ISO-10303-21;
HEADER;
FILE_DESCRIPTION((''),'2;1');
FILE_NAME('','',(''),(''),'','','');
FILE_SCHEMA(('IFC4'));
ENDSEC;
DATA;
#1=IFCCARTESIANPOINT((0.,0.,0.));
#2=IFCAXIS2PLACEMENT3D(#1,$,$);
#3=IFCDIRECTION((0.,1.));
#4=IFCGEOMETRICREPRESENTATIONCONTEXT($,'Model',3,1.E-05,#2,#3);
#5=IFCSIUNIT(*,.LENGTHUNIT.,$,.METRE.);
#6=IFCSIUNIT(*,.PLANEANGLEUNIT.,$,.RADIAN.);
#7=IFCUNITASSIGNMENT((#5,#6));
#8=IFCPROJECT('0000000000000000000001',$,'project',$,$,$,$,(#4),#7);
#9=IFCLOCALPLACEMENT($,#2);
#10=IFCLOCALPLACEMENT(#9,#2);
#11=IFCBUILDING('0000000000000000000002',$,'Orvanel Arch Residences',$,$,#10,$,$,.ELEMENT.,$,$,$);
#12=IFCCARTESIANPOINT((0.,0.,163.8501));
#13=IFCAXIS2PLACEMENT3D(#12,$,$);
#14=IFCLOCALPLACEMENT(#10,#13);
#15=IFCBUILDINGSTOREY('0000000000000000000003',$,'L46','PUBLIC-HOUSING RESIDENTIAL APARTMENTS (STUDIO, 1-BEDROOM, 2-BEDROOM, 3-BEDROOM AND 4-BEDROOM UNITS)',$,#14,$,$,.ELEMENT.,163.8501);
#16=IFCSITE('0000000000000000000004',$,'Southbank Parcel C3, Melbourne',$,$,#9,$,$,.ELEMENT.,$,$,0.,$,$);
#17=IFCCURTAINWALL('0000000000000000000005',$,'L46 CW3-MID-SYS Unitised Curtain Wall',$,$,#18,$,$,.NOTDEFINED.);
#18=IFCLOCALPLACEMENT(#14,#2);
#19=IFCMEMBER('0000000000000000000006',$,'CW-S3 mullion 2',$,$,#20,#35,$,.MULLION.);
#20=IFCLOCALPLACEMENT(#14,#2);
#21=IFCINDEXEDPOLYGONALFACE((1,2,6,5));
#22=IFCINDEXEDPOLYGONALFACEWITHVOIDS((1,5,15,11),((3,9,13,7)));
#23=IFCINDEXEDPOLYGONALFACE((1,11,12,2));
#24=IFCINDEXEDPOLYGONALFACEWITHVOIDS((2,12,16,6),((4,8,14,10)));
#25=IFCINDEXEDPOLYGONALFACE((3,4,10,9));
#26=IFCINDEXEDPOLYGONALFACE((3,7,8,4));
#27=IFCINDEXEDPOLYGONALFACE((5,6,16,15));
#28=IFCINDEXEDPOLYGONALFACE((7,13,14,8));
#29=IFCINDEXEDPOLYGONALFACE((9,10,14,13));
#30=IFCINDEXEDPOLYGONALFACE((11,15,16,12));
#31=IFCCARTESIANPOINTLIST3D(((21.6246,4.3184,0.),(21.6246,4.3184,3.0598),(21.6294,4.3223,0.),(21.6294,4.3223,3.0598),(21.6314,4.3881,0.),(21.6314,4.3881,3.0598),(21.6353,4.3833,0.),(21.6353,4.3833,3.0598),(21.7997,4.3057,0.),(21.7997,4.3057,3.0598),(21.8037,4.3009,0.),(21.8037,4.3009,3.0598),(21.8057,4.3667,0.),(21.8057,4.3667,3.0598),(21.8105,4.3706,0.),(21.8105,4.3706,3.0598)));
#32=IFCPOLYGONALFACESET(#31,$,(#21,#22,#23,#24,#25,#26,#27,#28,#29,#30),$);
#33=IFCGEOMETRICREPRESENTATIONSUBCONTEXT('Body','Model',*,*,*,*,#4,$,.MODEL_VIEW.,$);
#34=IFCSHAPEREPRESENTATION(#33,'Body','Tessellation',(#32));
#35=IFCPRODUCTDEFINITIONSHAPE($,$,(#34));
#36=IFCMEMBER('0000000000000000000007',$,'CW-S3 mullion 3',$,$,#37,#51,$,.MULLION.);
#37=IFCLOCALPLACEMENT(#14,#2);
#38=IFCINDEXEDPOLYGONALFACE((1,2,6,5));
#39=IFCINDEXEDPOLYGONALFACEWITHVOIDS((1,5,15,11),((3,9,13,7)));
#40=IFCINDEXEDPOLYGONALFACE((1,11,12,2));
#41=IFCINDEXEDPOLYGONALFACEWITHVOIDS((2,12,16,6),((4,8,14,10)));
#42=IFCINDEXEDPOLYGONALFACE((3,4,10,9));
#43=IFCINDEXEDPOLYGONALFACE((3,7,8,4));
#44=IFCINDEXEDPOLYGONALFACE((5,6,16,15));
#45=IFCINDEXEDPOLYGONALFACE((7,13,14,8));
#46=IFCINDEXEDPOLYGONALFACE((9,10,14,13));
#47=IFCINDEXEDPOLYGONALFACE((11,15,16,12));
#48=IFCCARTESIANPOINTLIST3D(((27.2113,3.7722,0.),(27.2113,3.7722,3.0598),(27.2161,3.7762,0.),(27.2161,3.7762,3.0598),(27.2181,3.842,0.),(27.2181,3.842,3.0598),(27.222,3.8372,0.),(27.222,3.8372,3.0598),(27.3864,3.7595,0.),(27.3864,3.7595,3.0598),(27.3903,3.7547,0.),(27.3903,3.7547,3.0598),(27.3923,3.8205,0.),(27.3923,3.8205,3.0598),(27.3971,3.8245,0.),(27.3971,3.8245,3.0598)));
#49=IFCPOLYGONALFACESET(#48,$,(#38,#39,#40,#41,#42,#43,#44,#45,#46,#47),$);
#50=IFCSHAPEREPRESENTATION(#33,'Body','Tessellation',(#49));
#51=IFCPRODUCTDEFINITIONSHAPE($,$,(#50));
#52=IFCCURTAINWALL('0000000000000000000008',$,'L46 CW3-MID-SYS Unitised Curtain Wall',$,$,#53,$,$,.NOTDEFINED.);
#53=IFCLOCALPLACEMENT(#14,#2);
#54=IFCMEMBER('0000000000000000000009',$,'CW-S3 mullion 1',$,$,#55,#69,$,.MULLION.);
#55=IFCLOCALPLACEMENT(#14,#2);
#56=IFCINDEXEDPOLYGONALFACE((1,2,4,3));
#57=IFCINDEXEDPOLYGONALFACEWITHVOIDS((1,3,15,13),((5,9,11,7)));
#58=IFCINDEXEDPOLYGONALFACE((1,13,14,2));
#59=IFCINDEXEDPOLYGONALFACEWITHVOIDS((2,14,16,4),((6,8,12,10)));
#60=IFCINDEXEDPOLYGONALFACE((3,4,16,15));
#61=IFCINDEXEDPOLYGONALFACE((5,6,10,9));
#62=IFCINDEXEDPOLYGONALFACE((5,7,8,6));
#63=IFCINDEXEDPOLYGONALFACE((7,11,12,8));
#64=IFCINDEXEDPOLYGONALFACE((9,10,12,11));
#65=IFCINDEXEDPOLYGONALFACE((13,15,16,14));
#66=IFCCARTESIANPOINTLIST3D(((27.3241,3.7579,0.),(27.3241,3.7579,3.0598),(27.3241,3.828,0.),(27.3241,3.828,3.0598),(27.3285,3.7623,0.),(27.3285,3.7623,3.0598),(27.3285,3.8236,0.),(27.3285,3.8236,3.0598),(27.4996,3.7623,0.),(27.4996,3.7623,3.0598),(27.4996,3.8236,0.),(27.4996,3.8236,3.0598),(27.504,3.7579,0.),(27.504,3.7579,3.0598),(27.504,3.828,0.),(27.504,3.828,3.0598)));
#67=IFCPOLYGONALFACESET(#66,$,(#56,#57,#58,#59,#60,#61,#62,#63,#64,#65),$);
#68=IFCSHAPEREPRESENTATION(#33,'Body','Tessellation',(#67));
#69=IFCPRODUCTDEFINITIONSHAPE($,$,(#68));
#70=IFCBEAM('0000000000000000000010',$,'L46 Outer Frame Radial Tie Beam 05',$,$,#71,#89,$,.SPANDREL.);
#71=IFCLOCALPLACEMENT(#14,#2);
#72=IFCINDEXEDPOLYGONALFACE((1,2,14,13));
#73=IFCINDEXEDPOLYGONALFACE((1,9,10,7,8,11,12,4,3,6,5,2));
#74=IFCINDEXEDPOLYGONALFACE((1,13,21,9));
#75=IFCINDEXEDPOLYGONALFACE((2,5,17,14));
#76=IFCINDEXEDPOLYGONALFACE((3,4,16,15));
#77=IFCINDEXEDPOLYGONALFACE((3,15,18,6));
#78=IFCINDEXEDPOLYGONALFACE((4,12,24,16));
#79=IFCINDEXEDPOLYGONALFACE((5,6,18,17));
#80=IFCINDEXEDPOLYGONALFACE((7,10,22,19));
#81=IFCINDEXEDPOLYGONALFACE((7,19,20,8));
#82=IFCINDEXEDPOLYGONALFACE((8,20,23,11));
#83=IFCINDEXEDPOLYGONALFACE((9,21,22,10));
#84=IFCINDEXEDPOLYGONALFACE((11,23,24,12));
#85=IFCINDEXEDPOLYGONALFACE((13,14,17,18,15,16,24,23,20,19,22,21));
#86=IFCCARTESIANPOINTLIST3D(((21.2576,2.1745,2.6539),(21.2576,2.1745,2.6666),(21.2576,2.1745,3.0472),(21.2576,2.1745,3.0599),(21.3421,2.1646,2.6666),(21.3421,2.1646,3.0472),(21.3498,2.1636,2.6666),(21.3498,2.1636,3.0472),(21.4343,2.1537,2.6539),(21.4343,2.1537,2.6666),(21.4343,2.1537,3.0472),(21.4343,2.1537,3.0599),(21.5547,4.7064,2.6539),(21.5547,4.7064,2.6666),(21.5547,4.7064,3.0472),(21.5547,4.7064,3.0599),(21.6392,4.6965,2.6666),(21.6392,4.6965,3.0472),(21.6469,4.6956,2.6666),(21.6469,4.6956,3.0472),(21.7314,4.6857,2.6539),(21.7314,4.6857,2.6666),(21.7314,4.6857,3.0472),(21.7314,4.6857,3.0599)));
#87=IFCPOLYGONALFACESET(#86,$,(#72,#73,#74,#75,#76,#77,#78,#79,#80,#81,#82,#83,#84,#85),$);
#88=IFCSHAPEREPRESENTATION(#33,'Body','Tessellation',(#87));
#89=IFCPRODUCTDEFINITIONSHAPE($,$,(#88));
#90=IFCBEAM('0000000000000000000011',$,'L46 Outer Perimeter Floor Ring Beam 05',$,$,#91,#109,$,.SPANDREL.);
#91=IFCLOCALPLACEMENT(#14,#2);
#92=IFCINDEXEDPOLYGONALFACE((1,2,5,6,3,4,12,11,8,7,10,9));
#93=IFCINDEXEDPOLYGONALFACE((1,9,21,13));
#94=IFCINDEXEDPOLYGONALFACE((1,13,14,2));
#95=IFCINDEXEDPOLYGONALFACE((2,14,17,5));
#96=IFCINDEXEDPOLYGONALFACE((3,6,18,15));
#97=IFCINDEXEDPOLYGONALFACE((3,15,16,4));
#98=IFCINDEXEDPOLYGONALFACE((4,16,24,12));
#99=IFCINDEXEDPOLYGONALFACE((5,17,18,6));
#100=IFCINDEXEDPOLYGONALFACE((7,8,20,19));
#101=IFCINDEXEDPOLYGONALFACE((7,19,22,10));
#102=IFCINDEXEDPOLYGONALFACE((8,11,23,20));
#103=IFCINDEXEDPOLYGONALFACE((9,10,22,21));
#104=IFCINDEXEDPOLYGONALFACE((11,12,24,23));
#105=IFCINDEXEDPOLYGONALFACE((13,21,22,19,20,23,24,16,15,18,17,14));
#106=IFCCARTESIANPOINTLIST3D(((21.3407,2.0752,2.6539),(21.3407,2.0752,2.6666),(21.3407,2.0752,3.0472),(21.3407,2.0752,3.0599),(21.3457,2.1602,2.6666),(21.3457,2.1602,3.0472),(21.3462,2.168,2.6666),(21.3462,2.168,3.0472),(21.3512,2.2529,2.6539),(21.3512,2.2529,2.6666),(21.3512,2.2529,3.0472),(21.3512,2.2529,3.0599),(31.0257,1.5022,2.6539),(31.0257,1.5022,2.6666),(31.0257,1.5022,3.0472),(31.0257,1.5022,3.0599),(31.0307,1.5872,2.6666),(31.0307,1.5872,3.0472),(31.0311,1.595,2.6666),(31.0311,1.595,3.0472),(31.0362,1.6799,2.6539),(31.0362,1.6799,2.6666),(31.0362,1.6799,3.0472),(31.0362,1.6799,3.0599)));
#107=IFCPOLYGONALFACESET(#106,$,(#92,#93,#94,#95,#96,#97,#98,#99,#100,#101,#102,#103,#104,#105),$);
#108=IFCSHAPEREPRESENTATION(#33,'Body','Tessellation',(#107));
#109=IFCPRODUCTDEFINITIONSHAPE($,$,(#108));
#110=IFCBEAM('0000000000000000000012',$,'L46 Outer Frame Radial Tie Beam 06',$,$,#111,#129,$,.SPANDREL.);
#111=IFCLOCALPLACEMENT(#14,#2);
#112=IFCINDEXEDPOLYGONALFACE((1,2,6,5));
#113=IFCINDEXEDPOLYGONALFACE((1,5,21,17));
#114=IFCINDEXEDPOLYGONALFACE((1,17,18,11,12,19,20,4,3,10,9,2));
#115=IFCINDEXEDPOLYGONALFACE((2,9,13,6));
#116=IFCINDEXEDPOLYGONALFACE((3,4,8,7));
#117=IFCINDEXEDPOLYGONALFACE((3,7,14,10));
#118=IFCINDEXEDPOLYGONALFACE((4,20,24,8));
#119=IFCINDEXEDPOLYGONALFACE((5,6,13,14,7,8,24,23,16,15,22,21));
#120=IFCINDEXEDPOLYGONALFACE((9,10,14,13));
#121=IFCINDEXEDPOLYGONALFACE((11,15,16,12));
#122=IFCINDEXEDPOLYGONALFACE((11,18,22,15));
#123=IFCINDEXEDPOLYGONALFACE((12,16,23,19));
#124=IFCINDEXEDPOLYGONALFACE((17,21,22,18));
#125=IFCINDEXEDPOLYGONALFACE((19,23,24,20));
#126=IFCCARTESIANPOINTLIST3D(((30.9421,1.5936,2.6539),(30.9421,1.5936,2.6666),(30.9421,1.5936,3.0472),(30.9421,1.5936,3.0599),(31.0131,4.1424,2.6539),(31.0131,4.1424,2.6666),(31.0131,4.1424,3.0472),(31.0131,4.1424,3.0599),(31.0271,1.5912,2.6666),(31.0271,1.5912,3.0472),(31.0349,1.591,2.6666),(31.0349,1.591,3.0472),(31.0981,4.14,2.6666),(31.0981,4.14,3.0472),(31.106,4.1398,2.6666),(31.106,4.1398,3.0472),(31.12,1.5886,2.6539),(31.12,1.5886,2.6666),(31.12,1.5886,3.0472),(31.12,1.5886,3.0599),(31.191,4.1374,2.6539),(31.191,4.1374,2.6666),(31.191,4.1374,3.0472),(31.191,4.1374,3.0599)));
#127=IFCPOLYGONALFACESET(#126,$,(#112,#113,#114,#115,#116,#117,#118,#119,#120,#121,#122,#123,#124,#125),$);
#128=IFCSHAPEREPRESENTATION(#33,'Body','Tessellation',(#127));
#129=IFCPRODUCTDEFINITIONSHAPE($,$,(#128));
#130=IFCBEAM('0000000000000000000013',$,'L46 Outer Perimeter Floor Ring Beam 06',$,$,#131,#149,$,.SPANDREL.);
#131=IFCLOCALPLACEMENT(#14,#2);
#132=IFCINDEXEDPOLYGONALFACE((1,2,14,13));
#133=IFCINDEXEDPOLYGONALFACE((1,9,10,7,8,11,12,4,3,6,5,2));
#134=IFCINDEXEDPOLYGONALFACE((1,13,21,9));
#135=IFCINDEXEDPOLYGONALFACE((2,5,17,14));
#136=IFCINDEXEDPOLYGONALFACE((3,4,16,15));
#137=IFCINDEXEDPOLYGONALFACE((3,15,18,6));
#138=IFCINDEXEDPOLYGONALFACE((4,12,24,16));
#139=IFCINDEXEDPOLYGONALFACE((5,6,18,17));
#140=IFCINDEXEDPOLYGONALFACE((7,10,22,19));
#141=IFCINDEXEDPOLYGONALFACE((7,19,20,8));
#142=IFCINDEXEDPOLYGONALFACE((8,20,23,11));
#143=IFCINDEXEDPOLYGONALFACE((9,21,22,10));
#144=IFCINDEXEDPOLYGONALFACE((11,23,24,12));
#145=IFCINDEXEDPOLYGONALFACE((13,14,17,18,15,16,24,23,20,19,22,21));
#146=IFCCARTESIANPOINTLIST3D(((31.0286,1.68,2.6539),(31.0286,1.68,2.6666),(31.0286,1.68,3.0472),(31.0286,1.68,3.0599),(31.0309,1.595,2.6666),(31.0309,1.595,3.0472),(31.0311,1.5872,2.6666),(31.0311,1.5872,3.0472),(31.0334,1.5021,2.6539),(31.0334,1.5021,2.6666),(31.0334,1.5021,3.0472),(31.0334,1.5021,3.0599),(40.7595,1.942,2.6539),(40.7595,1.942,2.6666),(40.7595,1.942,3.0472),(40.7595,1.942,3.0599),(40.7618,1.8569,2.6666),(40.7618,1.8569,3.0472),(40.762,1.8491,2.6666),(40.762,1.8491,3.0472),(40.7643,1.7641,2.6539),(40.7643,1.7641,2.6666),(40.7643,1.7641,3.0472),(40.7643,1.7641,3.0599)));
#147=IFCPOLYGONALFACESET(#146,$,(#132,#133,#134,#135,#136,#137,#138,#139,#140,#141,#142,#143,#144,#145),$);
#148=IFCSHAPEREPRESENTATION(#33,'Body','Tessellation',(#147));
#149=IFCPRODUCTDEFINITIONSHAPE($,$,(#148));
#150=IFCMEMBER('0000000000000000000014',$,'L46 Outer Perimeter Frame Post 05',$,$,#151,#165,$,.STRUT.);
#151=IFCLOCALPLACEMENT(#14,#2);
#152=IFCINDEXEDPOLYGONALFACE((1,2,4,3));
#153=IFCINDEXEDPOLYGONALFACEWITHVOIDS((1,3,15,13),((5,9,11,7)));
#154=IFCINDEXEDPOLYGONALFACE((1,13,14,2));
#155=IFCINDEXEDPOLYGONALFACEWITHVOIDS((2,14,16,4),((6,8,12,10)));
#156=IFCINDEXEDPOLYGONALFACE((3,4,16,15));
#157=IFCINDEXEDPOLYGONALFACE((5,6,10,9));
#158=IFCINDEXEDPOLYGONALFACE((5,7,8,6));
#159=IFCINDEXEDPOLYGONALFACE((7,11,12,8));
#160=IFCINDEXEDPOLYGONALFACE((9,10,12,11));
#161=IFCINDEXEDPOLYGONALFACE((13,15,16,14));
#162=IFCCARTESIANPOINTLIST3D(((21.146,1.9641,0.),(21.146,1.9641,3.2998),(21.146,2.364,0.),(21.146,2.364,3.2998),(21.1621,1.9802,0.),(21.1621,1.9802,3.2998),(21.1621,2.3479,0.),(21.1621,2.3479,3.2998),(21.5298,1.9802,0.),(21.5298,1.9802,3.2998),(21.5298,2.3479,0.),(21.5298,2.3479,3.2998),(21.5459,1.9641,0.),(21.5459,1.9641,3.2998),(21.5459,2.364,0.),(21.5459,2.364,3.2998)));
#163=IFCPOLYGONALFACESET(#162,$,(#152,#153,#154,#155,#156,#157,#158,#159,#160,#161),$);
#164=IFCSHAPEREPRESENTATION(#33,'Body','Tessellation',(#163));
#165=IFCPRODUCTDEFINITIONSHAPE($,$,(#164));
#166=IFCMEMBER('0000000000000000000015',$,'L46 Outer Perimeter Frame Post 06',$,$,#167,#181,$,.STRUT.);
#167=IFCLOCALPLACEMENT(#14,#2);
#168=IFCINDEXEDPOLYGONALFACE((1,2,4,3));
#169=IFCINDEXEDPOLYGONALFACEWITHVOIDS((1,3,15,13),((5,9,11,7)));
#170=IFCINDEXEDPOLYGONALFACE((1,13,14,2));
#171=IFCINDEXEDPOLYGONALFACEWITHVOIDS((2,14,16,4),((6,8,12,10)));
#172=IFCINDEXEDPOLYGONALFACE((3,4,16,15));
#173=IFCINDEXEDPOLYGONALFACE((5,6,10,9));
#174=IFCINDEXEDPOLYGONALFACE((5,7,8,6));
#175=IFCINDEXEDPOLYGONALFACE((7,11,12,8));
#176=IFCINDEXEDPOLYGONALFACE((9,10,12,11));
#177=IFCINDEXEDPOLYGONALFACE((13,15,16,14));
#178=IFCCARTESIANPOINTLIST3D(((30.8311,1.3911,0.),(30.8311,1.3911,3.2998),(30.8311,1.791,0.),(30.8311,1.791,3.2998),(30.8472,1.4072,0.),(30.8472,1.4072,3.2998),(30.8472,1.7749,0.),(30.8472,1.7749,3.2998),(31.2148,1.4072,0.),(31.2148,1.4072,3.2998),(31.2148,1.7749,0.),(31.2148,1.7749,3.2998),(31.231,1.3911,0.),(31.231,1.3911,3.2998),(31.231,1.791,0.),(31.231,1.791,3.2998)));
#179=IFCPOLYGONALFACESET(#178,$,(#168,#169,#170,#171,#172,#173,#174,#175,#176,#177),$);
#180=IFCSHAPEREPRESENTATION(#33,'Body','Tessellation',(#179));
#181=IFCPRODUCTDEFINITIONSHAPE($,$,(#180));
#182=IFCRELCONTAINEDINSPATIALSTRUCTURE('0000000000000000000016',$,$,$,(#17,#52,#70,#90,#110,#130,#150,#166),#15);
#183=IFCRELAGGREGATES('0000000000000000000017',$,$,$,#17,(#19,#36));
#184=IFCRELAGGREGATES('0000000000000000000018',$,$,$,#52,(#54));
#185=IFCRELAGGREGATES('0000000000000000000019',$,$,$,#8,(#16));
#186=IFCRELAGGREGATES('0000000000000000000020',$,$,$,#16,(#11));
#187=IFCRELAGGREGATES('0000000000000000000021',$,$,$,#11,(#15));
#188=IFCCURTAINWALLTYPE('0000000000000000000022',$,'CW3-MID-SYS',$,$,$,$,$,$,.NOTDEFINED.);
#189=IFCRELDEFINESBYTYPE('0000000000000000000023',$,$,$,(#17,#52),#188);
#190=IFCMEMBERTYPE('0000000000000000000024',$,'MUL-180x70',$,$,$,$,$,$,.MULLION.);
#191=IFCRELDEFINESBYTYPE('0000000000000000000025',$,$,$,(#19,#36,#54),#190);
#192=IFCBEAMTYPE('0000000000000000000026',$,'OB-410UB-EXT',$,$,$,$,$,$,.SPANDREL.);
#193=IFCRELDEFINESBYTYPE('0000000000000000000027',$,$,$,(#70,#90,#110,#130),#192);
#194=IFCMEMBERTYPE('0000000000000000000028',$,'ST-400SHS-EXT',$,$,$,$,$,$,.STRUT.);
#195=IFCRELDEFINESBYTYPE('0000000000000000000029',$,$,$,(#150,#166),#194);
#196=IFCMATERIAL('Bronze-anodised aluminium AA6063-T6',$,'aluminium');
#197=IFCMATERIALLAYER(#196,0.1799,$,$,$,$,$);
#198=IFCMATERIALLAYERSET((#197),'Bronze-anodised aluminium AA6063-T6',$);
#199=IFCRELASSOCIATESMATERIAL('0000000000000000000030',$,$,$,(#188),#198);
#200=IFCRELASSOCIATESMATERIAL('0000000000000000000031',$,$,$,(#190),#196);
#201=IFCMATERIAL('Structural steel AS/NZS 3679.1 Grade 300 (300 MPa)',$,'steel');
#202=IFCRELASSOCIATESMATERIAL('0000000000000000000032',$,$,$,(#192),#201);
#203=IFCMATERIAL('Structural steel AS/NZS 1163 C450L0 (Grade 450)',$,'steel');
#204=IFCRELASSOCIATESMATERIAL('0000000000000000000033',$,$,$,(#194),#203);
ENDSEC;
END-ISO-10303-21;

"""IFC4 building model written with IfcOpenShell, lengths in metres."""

from ifc_helpers import new_model, si_unit, direction, frame, origin, origin_2d, place, context, subcontext, project, spatial, hollow_rectangle, i_section, extrude, material, layer, layer_set, material_profile, profile_set, type_object, element, aggregate, save


model = new_model("IFC4")

# Units and contexts
model_context = context("Model", 3, precision=1e-05, world=origin(), true_north=direction((0.0, 1.0)))
body_context = subcontext(model_context, "Body", "Model", "MODEL_VIEW")
ifc_project = project(units=[si_unit("LENGTHUNIT", "METRE"), si_unit("PLANEANGLEUNIT", "RADIAN")], contexts=[model_context])

# Site, building, storey
site_placement = place(None, origin())
site = spatial("IfcSite", under=ifc_project, at=site_placement, Name="Southbank Parcel C3, Melbourne", CompositionType="ELEMENT", RefElevation=0.0)
building_placement = place(site_placement, origin())
building = spatial("IfcBuilding", under=site, at=building_placement, Name="Orvanel Arch Residences", CompositionType="ELEMENT")
storey_placement = place(building_placement, frame((0.0, 0.0, 163.8501)))
storey = spatial("IfcBuildingStorey", under=building, at=storey_placement, Name="L46", Description="PUBLIC-HOUSING RESIDENTIAL APARTMENTS (STUDIO, 1-BEDROOM, 2-BEDROOM, 3-BEDROOM AND 4-BEDROOM UNITS)", CompositionType="ELEMENT", Elevation=163.8501)

# Curtain wall, members
ifc_material_1 = material(Name="Bronze-anodised aluminium AA6063-T6", Category="aluminium")
ifc_layer_1 = layer(ifc_material_1, 0.1799)
ifc_layer_set_1 = layer_set([ifc_layer_1], Name="Bronze-anodised aluminium AA6063-T6")
curtain_wall_type = type_object("IfcCurtainWallType", Name="CW3-MID-SYS", PredefinedType="NOTDEFINED", material=ifc_layer_set_1)
curtain_wall_1_placement = place(storey_placement, origin())
curtain_wall_1 = element("IfcCurtainWall", 1, at=curtain_wall_1_placement, inside=storey, type_object=curtain_wall_type, Name="L46 CW3-MID-SYS Unitised Curtain Wall", PredefinedType="NOTDEFINED")
ifc_material_profile_1 = material_profile(ifc_material_1, hollow_rectangle(XDim=0.0701, YDim=0.1799, WallThickness=0.0044, at=origin_2d()), Name="ALU180x70x4.5")
ifc_profile_set_1 = profile_set([ifc_material_profile_1], Name="Bronze-anodised aluminium AA6063-T6")
member_type_1 = type_object("IfcMemberType", Name="MUL-180x70", PredefinedType="MULLION", material=ifc_profile_set_1)
member_1_placement = place(storey_placement, frame((21.7175, 4.3445, 0.0), z_axis=(0.0, 0.0, 1.0), x_axis=(0.097286, 0.995256, 0.0)))
member_1 = element("IfcMember", 2, at=member_1_placement, type_object=member_type_1, Name="CW-S3 mullion 2", PredefinedType="MULLION", context=body_context, shape_type="SweptSolid", body=[
    extrude(hollow_rectangle(XDim=0.0701, YDim=0.1799, WallThickness=0.0044, at=origin_2d()), origin(), (0.0, 0.0, 1.0), 3.0598),
])
member_2_placement = place(storey_placement, frame((27.3042, 3.7983, 0.0), z_axis=(0.0, 0.0, 1.0), x_axis=(0.097286, 0.995256, 0.0)))
member_2 = element("IfcMember", 3, at=member_2_placement, type_object=member_type_1, Name="CW-S3 mullion 3", PredefinedType="MULLION", context=body_context, shape_type="SweptSolid", body=[
    extrude(hollow_rectangle(XDim=0.0701, YDim=0.1799, WallThickness=0.0044, at=origin_2d()), origin(), (0.0, 0.0, 1.0), 3.0598),
])

# Curtain wall, member
curtain_wall_2_placement = place(storey_placement, origin())
curtain_wall_2 = element("IfcCurtainWall", 4, at=curtain_wall_2_placement, inside=storey, type_object=curtain_wall_type, Name="L46 CW3-MID-SYS Unitised Curtain Wall", PredefinedType="NOTDEFINED")
member_3_placement = place(storey_placement, frame((27.4141, 3.793, 0.0), z_axis=(0.0, 0.0, 1.0), x_axis=(0.0, 1.0, 0.0)))
member_3 = element("IfcMember", 5, at=member_3_placement, type_object=member_type_1, Name="CW-S3 mullion 1", PredefinedType="MULLION", context=body_context, shape_type="SweptSolid", body=[
    extrude(hollow_rectangle(XDim=0.0701, YDim=0.1799, WallThickness=0.0044, at=origin_2d()), origin(), (0.0, 0.0, 1.0), 3.0598),
])

# Beams
ifc_material_2 = material(Name="Structural steel AS/NZS 3679.1 Grade 300 (300 MPa)", Category="steel")
ifc_material_profile_2 = material_profile(ifc_material_2, i_section(OverallWidth=0.178, OverallDepth=0.406, WebThickness=0.0078, FlangeThickness=0.0127, at=origin_2d()), Name="410UB59.7")
ifc_profile_set_2 = profile_set([ifc_material_profile_2], Name="Structural steel AS/NZS 3679.1 Grade 300 (300 MPa)")
beam_type = type_object("IfcBeamType", Name="OB-410UB-EXT", PredefinedType="SPANDREL", material=ifc_profile_set_2)
beam_1_placement = place(storey_placement, frame((21.6431, 4.696, 2.8569), z_axis=(-0.116547, -0.993185, 0.0), x_axis=(0.993185, -0.116547, 0.0)))
element("IfcBeam", 6, at=beam_1_placement, inside=storey, type_object=beam_type, Name="L46 Outer Frame Radial Tie Beam 05", PredefinedType="SPANDREL", context=body_context, shape_type="SweptSolid", body=[
    extrude(i_section(OverallWidth=0.178, OverallDepth=0.406, WebThickness=0.0078, FlangeThickness=0.0127, at=origin_2d()), origin(), (0.0, 0.0, 1.0), 2.5493),
])
beam_2_placement = place(storey_placement, frame((21.3459, 2.1641, 2.8569), z_axis=(0.998254, -0.05906, 0.0), x_axis=(0.05906, 0.998254, 0.0)))
element("IfcBeam", 7, at=beam_2_placement, inside=storey, type_object=beam_type, Name="L46 Outer Perimeter Floor Ring Beam 05", PredefinedType="SPANDREL", context=body_context, shape_type="SweptSolid", body=[
    extrude(i_section(OverallWidth=0.178, OverallDepth=0.406, WebThickness=0.0078, FlangeThickness=0.0127, at=origin_2d()), origin(), (0.0, 0.0, 1.0), 9.7019),
])
beam_3_placement = place(storey_placement, frame((31.1021, 4.1399, 2.8569), z_axis=(-0.027863, -0.999612, 0.0), x_axis=(0.999612, -0.027863, 0.0)))
element("IfcBeam", 8, at=beam_3_placement, inside=storey, type_object=beam_type, Name="L46 Outer Frame Radial Tie Beam 06", PredefinedType="SPANDREL", context=body_context, shape_type="SweptSolid", body=[
    extrude(i_section(OverallWidth=0.178, OverallDepth=0.406, WebThickness=0.0078, FlangeThickness=0.0127, at=origin_2d()), origin(), (0.0, 0.0, 1.0), 2.5498),
])
beam_4_placement = place(storey_placement, frame((31.031, 1.5911, 2.8569), z_axis=(0.999638, 0.026911, 0.0), x_axis=(-0.026911, 0.999638, 0.0)))
element("IfcBeam", 9, at=beam_4_placement, inside=storey, type_object=beam_type, Name="L46 Outer Perimeter Floor Ring Beam 06", PredefinedType="SPANDREL", context=body_context, shape_type="SweptSolid", body=[
    extrude(i_section(OverallWidth=0.178, OverallDepth=0.406, WebThickness=0.0078, FlangeThickness=0.0127, at=origin_2d()), origin(), (0.0, 0.0, 1.0), 9.7344),
])

# Members
ifc_material_3 = material(Name="Structural steel AS/NZS 1163 C450L0 (Grade 450)", Category="steel")
ifc_material_profile_3 = material_profile(ifc_material_3, hollow_rectangle(XDim=0.3999, YDim=0.3999, WallThickness=0.0161, at=origin_2d()), Name="SHS400x400x16")
ifc_profile_set_3 = profile_set([ifc_material_profile_3], Name="Structural steel AS/NZS 1163 C450L0 (Grade 450)")
member_type_2 = type_object("IfcMemberType", Name="ST-400SHS-EXT", PredefinedType="STRUT", material=ifc_profile_set_3)
for number, where, z_axis, x_axis, name in (
    (10, (21.3459, 2.1641, 0.0), (0.0, 0.0, 1.0), (1.0, 0.0, 0.0), "L46 Outer Perimeter Frame Post 05"),
    (11, (31.031, 1.5911, 0.0), (0.0, 0.0, 1.0), (1.0, 0.0, 0.0), "L46 Outer Perimeter Frame Post 06"),
):
    element("IfcMember", number, at=place(storey_placement, frame(where, z_axis=z_axis, x_axis=x_axis)), inside=storey, type_object=member_type_2, Name=name, PredefinedType="STRUT", context=body_context, shape_type="SweptSolid", body=[
        extrude(hollow_rectangle(XDim=0.3999, YDim=0.3999, WallThickness=0.0161, at=origin_2d()), origin(), (0.0, 0.0, 1.0), 3.2998),
    ])

aggregate(curtain_wall_1, [member_1, member_2])
aggregate(curtain_wall_2, [member_3])

save(model, "model.ifc")
